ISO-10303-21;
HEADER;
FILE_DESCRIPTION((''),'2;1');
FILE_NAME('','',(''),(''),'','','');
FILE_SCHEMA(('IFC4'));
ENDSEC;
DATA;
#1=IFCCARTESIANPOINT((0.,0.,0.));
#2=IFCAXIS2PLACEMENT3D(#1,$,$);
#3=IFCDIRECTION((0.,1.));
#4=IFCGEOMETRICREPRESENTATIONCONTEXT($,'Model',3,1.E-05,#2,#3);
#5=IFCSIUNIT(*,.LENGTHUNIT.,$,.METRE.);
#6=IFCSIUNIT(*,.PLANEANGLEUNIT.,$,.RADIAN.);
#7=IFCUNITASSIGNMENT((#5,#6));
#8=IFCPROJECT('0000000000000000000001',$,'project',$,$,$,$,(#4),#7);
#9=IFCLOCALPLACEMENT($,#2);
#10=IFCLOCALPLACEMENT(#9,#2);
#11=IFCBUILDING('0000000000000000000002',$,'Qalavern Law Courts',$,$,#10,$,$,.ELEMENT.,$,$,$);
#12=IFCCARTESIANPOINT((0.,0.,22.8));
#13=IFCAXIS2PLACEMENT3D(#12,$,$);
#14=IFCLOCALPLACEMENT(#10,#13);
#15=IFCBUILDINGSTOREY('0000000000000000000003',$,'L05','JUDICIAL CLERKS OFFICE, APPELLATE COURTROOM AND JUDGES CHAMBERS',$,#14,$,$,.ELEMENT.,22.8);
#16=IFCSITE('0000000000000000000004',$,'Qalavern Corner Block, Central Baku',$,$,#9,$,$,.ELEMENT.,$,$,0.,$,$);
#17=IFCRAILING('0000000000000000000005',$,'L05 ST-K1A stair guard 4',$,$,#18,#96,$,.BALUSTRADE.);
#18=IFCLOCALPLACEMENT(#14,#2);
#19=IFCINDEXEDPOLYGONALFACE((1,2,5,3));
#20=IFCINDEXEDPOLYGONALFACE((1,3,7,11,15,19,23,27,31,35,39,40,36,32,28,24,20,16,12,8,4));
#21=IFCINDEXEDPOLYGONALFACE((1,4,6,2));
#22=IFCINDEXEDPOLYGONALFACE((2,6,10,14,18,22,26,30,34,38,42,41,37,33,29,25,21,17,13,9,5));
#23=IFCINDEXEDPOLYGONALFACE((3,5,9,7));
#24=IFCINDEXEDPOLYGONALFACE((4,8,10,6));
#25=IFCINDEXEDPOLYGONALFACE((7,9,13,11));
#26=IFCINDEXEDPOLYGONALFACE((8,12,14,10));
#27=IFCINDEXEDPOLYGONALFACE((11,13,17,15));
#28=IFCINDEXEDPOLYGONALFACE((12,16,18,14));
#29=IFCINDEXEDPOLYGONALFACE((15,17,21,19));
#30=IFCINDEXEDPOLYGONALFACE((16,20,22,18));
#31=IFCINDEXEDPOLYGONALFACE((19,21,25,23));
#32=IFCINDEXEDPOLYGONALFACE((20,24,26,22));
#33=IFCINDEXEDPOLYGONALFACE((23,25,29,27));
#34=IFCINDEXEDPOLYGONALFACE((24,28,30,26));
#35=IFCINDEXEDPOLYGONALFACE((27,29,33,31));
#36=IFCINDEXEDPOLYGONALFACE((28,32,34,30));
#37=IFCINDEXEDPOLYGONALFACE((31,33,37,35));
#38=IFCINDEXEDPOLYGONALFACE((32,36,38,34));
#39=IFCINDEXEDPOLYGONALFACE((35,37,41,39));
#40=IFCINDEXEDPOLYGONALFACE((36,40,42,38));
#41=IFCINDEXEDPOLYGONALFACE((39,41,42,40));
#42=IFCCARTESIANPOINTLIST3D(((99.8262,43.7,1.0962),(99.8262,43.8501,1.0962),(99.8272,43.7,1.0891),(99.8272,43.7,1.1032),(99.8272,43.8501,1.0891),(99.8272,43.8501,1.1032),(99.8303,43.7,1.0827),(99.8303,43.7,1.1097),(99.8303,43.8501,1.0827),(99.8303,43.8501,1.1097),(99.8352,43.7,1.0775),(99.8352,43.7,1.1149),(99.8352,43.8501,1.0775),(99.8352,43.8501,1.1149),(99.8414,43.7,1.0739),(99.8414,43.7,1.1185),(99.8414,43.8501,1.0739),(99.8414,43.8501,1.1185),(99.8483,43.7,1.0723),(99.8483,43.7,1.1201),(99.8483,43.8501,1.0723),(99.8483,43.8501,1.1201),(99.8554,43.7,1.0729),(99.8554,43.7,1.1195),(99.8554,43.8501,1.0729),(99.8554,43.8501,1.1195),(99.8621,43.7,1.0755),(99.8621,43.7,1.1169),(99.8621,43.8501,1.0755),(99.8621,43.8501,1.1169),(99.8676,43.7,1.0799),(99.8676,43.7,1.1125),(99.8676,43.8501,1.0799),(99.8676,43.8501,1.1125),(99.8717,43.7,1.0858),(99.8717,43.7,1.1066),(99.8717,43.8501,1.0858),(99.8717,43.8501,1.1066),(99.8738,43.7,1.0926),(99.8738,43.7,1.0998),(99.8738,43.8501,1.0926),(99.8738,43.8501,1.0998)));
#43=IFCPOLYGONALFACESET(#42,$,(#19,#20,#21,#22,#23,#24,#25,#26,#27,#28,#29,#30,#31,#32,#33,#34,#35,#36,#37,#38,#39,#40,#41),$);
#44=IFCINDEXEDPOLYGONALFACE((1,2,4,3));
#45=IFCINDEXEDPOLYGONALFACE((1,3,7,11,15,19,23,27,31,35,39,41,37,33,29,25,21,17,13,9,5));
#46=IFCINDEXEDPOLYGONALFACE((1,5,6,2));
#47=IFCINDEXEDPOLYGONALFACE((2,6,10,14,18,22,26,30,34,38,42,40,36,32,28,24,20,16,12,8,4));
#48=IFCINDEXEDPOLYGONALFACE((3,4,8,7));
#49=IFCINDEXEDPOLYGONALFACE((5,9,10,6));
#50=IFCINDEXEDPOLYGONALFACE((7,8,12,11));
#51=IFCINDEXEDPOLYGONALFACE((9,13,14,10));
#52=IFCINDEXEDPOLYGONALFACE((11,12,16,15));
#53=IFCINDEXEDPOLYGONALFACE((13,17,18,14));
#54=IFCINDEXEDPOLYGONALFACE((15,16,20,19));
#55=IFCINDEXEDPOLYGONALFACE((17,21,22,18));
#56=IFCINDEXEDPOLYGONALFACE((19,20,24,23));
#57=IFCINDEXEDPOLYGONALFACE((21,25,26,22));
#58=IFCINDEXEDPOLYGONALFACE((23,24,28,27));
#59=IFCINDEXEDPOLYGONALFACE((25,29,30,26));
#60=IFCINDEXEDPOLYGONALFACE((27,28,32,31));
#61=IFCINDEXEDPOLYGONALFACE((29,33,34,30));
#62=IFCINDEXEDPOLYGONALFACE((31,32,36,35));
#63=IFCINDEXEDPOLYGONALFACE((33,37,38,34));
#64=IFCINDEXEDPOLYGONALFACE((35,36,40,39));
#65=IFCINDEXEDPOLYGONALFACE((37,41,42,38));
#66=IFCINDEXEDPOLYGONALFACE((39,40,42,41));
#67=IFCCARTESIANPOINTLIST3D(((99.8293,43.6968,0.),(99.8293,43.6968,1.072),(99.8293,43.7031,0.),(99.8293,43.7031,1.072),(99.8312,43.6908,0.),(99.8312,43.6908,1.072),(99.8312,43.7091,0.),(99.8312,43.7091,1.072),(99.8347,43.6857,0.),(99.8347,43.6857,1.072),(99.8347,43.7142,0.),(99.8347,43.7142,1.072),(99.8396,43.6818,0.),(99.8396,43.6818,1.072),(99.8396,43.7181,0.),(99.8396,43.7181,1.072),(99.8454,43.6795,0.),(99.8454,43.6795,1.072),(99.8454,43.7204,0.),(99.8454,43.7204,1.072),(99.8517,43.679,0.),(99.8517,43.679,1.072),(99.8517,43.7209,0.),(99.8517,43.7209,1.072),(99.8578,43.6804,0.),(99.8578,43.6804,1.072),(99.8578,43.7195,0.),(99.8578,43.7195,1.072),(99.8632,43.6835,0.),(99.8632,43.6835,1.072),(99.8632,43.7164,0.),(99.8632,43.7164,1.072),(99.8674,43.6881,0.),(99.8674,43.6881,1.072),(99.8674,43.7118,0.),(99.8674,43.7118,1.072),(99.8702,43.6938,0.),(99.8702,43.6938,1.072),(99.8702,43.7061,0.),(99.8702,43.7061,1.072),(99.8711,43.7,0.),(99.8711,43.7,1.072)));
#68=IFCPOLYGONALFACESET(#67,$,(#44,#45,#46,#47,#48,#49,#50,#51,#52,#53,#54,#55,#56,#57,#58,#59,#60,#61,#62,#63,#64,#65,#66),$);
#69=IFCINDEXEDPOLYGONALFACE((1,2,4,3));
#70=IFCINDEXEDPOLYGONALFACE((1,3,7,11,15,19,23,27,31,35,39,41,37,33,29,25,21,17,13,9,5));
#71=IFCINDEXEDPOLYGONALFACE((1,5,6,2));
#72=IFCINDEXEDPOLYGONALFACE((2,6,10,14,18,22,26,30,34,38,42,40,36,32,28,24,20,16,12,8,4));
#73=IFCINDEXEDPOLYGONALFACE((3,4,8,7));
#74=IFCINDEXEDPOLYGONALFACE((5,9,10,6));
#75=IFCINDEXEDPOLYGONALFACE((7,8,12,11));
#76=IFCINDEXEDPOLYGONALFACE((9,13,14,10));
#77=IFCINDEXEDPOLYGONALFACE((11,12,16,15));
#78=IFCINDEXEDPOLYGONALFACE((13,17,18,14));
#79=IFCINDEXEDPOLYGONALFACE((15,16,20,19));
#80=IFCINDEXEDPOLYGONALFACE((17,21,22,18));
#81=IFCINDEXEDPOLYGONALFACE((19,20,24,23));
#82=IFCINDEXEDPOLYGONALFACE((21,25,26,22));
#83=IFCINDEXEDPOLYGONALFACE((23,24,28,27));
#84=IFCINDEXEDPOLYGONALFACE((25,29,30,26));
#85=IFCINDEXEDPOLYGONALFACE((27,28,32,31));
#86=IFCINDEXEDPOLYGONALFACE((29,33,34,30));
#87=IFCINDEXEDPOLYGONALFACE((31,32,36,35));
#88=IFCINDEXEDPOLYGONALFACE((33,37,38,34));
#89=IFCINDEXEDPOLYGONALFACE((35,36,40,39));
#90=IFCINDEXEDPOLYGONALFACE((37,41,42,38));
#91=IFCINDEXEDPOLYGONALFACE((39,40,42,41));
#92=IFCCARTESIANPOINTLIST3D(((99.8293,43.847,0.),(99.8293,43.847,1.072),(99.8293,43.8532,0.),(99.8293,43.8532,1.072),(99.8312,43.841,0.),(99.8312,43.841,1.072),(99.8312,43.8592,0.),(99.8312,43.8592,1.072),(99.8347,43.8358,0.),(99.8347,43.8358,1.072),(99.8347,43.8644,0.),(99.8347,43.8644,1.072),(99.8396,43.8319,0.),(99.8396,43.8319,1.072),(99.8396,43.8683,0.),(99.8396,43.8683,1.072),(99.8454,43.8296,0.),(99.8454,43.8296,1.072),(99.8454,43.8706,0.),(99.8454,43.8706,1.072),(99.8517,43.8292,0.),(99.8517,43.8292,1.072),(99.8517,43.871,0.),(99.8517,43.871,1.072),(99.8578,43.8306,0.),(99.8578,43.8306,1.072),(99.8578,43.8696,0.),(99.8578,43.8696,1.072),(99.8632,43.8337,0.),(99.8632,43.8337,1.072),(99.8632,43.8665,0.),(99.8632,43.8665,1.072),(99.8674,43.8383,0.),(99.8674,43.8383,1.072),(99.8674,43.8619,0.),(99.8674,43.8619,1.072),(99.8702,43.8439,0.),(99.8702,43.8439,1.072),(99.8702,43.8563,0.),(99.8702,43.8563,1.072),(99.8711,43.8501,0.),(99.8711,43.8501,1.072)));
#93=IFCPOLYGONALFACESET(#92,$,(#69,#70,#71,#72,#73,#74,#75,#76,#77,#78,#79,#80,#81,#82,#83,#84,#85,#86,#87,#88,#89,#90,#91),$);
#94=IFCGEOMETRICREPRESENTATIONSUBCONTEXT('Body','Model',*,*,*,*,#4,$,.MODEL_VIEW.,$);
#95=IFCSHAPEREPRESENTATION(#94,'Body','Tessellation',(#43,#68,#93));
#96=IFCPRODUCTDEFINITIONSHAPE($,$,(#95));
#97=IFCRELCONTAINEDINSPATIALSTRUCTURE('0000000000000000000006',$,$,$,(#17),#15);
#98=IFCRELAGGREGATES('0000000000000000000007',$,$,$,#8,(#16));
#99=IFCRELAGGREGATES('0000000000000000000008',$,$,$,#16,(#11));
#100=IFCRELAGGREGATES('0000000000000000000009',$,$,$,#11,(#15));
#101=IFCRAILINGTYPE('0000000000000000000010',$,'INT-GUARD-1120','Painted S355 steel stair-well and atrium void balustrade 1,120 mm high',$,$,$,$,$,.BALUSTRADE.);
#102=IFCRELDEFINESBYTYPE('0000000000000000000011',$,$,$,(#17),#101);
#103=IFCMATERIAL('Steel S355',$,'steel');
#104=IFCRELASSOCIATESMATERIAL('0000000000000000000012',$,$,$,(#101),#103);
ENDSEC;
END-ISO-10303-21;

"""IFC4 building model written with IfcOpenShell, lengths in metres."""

from ifc_helpers import new_model, si_unit, direction, frame, origin, origin_2d, place, context, subcontext, project, spatial, circle, extrude, material, type_object, element, save


model = new_model("IFC4")

# Units and contexts
model_context = context("Model", 3, precision=1e-05, world=origin(), true_north=direction((0.0, 1.0)))
body_context = subcontext(model_context, "Body", "Model", "MODEL_VIEW")
ifc_project = project(units=[si_unit("LENGTHUNIT", "METRE"), si_unit("PLANEANGLEUNIT", "RADIAN")], contexts=[model_context])

# Site, building, storey
site_placement = place(None, origin())
site = spatial("IfcSite", under=ifc_project, at=site_placement, Name="Qalavern Corner Block, Central Baku", CompositionType="ELEMENT", RefElevation=0.0)
building_placement = place(site_placement, origin())
building = spatial("IfcBuilding", under=site, at=building_placement, Name="Qalavern Law Courts", CompositionType="ELEMENT")
storey_placement = place(building_placement, frame((0.0, 0.0, 22.8)))
storey = spatial("IfcBuildingStorey", under=building, at=storey_placement, Name="L05", Description="JUDICIAL CLERKS OFFICE, APPELLATE COURTROOM AND JUDGES CHAMBERS", CompositionType="ELEMENT", Elevation=22.8)

# Railing
ifc_material_1 = material(Name="Steel S355", Category="steel")
railing_type_1 = type_object("IfcRailingType", Name="INT-GUARD-1120", Description="Painted S355 steel stair-well and atrium void balustrade 1,120 mm high", PredefinedType="BALUSTRADE", material=ifc_material_1)
railing_1_placement = place(storey_placement, frame((99.8501, 43.7, 0.0)))
element("IfcRailing", 1, at=railing_1_placement, inside=storey, type_object=railing_type_1, Name="L05 ST-K1A stair guard 4", PredefinedType="BALUSTRADE", context=body_context, shape_type="SweptSolid", body=[
    extrude(circle(Radius=0.0239, at=origin_2d()), frame((0.0, 0.0, 1.0962), z_axis=(0.0, 1.0, 0.0), x_axis=(-1.0, 0.0, 0.0)), (0.0, 0.0, 1.0), 0.1501),
    extrude(circle(Radius=0.021, at=origin_2d()), origin(), (0.0, 0.0, 1.0), 1.072),
    extrude(circle(Radius=0.021, at=origin_2d()), frame((0.0, 0.1501, 0.0)), (0.0, 0.0, 1.0), 1.072),
])

save(model, "model.ifc")
